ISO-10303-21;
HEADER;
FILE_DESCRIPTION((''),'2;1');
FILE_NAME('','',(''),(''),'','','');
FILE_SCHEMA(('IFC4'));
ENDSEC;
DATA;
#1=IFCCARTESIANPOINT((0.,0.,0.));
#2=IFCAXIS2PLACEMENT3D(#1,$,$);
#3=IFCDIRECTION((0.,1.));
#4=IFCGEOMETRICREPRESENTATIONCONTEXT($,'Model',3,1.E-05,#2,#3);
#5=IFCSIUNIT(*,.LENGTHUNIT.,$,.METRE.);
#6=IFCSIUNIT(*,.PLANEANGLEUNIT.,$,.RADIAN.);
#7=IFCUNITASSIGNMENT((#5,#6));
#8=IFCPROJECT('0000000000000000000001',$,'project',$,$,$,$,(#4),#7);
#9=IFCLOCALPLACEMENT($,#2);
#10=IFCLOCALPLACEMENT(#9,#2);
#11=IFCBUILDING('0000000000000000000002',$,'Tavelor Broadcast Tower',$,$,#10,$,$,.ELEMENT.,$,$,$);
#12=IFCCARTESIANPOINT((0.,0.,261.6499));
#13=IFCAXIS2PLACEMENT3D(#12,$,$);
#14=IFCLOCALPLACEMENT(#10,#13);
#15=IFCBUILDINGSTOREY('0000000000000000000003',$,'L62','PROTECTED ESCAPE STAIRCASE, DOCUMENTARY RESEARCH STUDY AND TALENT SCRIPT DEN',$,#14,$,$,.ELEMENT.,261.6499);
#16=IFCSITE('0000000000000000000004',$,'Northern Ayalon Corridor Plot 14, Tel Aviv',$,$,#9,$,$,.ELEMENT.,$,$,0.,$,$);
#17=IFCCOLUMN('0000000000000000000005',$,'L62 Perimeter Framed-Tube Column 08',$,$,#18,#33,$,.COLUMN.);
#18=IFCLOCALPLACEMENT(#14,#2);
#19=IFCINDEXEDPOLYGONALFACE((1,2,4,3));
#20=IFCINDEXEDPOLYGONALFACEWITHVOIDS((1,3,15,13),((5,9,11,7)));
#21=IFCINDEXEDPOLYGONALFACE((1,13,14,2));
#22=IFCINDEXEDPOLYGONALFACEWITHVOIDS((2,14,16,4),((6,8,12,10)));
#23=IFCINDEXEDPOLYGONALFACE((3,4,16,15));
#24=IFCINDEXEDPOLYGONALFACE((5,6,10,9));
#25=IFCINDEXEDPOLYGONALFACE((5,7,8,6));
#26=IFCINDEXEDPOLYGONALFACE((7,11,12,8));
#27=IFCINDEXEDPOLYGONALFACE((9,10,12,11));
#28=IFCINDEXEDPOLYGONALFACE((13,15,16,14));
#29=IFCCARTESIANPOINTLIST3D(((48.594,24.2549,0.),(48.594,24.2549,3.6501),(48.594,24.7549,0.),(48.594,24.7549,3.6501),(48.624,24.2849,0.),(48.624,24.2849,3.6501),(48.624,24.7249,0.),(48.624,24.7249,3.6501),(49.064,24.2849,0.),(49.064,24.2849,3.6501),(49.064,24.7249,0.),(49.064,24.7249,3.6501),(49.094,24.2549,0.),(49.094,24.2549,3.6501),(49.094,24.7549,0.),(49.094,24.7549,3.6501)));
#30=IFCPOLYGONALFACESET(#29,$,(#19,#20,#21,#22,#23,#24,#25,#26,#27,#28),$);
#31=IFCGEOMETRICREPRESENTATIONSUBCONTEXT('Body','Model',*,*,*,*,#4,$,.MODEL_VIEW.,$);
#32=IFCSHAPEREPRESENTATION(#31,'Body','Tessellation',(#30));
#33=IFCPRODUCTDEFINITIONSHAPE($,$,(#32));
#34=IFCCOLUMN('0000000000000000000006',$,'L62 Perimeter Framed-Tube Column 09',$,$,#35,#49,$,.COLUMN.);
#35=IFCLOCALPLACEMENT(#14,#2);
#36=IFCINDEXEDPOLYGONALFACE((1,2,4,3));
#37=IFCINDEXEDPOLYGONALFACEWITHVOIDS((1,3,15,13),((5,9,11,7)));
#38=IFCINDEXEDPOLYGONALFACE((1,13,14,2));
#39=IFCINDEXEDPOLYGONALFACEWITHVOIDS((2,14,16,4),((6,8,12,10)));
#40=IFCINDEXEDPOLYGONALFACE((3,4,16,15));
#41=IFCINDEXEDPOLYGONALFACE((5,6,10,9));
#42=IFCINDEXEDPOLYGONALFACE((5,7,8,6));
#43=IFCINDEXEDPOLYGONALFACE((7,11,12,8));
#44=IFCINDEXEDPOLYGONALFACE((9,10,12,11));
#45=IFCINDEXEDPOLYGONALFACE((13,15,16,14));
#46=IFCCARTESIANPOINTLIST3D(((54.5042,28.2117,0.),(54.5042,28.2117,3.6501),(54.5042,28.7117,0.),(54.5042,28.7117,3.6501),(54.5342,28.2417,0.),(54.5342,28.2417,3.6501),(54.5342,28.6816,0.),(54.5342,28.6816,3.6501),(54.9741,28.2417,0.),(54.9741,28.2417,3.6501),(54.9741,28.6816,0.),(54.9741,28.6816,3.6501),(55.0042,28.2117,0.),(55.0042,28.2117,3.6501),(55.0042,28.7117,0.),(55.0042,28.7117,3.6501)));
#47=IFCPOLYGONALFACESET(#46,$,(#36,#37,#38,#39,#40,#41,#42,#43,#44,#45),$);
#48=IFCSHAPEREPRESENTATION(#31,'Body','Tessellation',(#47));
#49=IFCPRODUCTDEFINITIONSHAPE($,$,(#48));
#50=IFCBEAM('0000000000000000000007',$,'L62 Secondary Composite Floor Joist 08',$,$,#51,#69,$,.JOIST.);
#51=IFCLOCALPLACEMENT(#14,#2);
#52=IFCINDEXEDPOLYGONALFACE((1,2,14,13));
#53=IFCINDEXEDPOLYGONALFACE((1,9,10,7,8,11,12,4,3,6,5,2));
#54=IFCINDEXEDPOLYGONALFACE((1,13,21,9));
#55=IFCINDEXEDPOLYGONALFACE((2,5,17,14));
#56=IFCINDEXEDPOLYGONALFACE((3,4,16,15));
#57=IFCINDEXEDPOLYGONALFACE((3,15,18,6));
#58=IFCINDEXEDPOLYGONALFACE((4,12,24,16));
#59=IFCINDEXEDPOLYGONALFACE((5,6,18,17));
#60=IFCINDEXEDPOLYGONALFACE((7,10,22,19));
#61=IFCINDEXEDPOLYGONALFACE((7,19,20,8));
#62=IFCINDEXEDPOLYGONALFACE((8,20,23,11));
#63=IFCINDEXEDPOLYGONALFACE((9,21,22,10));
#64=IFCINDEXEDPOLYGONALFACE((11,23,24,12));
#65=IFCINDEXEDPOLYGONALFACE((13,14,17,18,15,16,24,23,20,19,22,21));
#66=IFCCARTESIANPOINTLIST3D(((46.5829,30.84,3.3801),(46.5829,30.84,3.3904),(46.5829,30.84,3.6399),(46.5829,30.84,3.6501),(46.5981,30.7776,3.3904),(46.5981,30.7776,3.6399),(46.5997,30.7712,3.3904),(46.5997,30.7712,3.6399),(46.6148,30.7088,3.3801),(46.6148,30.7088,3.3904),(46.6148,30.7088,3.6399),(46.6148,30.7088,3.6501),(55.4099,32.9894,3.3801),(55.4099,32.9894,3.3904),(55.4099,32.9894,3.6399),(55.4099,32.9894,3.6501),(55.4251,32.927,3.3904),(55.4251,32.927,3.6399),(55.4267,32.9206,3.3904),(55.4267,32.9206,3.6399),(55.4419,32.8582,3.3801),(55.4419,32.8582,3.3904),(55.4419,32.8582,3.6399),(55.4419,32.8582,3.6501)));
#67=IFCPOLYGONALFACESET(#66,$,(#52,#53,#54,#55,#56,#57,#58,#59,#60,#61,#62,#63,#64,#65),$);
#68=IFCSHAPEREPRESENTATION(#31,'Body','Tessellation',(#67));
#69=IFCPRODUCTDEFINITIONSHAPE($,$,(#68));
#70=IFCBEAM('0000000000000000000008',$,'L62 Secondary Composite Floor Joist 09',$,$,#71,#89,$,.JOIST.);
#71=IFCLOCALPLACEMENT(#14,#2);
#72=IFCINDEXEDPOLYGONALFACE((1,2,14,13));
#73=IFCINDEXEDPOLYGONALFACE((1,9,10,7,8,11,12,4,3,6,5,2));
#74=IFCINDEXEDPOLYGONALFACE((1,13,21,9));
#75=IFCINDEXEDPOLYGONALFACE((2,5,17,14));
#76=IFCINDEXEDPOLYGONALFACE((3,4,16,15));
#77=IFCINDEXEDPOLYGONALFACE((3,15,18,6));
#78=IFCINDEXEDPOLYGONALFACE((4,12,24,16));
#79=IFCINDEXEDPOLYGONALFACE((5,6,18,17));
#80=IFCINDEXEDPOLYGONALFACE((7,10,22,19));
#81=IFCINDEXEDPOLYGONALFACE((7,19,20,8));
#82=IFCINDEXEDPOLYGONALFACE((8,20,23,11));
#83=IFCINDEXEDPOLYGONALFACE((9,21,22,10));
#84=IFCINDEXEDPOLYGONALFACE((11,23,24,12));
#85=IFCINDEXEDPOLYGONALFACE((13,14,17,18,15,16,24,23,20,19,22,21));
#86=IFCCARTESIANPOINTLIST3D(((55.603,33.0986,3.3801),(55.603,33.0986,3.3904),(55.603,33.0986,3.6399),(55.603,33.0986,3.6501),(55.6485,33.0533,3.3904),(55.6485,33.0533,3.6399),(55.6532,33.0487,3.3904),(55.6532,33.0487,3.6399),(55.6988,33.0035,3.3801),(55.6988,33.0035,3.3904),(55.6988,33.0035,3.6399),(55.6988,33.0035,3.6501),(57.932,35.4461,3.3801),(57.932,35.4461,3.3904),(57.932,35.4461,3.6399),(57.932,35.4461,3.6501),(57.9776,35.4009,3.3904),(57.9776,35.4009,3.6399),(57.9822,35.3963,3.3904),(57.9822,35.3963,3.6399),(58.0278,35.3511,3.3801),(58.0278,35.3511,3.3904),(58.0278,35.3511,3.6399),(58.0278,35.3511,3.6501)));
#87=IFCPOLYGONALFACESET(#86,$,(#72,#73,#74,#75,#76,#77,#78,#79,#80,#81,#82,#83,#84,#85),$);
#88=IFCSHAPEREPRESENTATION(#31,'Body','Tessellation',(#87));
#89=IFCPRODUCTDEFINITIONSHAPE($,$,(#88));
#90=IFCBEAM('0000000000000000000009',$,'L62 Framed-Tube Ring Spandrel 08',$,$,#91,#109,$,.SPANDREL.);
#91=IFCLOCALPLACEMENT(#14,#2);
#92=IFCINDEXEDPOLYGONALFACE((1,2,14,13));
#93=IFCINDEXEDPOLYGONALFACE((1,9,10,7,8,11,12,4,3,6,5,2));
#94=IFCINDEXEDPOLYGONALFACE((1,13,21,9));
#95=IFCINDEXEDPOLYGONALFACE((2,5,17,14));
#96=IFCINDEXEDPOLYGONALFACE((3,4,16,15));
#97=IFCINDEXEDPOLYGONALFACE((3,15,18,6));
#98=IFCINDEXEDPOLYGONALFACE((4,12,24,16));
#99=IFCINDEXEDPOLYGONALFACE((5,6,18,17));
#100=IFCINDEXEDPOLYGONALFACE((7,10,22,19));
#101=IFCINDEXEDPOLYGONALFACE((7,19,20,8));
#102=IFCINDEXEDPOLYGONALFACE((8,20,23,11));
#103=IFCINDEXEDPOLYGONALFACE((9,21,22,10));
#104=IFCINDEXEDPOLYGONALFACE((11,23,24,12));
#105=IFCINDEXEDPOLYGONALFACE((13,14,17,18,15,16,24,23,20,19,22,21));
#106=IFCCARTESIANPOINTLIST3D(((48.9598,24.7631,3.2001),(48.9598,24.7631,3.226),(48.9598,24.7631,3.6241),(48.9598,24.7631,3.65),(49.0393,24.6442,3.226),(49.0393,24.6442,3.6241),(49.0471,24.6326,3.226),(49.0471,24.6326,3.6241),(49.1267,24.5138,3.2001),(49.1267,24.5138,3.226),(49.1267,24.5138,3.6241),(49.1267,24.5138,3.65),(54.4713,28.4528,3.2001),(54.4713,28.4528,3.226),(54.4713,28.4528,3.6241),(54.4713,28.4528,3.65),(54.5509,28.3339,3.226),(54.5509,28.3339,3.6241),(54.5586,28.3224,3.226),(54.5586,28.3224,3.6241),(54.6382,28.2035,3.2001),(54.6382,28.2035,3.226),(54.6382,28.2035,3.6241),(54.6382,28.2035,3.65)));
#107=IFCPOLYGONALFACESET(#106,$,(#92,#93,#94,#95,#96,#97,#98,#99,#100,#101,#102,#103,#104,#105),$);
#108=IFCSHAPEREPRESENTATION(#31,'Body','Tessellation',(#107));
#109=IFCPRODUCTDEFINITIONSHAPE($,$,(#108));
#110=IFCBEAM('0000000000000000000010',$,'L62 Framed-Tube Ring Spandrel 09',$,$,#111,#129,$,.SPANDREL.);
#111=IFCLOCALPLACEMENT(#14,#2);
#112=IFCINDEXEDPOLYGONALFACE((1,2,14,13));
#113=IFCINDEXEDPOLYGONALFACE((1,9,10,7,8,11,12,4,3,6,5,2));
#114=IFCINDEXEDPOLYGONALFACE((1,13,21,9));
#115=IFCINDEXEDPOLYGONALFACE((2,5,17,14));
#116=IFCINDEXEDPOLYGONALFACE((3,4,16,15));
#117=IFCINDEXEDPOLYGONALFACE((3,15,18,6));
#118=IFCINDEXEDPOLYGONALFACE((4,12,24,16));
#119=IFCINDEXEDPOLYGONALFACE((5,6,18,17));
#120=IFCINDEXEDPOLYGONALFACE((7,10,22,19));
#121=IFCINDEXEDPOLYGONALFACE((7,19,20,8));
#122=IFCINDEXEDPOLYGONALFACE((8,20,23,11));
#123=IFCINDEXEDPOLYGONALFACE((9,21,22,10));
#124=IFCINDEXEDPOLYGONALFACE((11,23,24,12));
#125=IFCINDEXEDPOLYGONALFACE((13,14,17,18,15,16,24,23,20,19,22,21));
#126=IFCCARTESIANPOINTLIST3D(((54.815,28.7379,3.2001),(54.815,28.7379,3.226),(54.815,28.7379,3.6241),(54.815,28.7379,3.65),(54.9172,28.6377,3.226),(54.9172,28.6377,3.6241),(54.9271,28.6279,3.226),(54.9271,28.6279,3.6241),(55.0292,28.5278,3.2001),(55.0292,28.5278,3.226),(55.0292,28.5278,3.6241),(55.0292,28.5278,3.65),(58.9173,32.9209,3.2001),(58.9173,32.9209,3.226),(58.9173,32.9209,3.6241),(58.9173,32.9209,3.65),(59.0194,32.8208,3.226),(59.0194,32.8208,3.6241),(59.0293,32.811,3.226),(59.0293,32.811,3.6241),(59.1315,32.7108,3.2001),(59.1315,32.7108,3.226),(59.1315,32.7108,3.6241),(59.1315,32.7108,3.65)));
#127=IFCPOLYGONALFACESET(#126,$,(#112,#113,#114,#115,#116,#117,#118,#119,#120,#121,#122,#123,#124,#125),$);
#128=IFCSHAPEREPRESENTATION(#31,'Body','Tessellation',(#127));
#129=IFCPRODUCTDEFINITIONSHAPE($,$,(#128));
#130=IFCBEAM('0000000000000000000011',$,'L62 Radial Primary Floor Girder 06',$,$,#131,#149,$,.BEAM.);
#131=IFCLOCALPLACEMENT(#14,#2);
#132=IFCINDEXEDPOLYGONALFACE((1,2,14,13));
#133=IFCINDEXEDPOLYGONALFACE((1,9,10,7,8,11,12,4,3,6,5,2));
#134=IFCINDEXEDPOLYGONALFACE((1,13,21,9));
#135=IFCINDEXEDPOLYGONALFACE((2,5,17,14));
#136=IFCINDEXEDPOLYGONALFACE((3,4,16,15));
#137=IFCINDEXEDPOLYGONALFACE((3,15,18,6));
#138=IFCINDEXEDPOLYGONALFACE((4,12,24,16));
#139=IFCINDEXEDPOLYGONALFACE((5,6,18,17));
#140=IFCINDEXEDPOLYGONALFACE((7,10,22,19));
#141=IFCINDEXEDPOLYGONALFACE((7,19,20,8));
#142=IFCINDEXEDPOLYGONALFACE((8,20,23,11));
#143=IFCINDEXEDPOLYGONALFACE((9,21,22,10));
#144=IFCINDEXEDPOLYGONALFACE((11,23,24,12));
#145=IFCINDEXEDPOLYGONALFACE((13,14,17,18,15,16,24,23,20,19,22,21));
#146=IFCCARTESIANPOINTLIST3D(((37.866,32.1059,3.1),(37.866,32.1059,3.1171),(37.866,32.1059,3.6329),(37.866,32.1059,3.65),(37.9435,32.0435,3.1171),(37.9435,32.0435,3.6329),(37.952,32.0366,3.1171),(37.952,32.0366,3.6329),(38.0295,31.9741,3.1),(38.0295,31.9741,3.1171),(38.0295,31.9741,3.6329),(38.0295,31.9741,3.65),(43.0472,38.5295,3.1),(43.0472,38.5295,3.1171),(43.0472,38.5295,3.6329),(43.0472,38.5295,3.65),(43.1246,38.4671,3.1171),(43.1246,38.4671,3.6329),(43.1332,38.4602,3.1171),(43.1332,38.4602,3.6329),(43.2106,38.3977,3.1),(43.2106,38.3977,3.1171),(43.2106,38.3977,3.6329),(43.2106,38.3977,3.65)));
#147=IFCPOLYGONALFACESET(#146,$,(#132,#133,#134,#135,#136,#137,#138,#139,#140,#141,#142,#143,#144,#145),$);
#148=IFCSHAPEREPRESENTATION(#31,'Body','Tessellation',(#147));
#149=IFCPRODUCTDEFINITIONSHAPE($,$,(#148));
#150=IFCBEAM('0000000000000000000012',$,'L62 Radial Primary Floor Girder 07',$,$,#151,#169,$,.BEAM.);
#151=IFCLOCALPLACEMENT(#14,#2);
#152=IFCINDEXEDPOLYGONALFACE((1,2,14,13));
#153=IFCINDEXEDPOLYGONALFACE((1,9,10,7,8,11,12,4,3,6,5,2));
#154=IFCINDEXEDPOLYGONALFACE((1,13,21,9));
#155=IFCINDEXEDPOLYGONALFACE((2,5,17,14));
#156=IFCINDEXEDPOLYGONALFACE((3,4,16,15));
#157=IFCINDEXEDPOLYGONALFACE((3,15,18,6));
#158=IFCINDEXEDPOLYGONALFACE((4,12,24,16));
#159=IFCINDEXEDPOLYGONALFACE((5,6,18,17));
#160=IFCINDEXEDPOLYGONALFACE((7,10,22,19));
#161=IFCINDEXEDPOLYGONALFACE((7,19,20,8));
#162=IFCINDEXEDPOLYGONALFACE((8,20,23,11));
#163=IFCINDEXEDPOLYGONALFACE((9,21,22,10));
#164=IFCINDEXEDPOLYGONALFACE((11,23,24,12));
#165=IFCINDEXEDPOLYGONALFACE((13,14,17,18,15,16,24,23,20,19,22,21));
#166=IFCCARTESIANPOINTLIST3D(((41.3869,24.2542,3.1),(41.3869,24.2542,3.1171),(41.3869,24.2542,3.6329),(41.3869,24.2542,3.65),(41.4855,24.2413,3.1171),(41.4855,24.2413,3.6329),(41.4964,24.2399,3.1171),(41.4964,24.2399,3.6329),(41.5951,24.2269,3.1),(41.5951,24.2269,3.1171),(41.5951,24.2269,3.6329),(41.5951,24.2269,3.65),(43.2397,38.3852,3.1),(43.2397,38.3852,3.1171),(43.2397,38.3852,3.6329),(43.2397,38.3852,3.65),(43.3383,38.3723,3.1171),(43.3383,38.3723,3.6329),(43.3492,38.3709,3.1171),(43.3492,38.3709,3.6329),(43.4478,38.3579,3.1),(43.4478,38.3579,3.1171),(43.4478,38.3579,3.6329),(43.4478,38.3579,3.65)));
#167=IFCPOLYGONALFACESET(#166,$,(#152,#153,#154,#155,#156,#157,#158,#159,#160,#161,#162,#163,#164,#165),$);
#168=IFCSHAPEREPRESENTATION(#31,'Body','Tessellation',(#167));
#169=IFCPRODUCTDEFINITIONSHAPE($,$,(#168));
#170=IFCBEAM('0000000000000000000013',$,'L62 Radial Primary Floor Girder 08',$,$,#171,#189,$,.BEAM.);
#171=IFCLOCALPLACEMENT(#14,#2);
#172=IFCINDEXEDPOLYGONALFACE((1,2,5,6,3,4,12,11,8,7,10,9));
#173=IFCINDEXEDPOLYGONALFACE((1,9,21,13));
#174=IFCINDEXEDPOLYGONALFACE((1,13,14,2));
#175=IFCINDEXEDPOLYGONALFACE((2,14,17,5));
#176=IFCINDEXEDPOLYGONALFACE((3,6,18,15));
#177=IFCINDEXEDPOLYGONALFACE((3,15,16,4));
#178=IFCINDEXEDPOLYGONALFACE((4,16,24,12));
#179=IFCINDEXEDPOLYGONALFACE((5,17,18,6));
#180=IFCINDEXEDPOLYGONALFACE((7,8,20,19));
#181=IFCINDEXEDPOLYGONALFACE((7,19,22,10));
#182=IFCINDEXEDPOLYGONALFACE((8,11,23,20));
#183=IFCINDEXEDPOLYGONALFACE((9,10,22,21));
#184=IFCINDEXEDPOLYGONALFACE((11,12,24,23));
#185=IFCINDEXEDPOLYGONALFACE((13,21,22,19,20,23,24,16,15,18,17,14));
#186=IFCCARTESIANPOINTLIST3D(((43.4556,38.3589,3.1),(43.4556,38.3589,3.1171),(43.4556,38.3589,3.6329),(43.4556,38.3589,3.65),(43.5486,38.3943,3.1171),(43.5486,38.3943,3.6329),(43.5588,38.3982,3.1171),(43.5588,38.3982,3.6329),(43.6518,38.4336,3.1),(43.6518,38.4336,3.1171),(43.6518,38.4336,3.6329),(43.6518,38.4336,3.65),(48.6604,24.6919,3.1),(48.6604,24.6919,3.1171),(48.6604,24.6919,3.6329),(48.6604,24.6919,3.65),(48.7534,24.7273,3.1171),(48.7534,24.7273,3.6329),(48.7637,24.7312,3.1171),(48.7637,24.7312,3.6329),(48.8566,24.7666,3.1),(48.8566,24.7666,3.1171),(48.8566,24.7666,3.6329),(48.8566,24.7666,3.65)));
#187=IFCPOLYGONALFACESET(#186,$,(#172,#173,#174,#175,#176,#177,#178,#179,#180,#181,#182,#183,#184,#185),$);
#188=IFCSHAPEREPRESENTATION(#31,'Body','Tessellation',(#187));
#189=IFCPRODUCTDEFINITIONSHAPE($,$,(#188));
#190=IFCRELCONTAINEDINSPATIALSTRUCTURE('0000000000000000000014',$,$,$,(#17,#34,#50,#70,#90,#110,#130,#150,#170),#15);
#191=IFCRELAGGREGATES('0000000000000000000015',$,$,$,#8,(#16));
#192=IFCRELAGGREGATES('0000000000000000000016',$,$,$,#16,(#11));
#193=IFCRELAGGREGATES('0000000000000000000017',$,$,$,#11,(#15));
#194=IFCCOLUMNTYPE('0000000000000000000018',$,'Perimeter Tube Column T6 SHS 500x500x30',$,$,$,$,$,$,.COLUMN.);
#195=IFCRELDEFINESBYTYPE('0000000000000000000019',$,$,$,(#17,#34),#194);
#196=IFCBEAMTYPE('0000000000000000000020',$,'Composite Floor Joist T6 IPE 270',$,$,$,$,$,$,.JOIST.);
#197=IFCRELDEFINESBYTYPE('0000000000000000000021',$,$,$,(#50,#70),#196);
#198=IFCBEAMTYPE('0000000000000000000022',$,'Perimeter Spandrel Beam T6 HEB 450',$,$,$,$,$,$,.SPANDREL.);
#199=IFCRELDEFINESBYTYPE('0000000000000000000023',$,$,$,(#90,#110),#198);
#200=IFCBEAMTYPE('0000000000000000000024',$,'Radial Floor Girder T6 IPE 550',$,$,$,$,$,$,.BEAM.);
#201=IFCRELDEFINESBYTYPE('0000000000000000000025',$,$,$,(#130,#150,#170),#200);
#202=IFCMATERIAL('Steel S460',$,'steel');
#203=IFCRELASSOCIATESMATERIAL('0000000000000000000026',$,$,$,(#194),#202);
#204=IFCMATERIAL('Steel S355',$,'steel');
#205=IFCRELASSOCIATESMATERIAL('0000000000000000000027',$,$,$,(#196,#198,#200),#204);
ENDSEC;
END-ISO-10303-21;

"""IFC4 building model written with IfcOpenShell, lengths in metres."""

from ifc_helpers import new_model, si_unit, direction, frame, origin, origin_2d, place, context, subcontext, project, spatial, hollow_rectangle, i_section, extrude, material, material_profile, profile_set, type_object, element, save


model = new_model("IFC4")

# Units and contexts
model_context = context("Model", 3, precision=1e-05, world=origin(), true_north=direction((0.0, 1.0)))
body_context = subcontext(model_context, "Body", "Model", "MODEL_VIEW")
ifc_project = project(units=[si_unit("LENGTHUNIT", "METRE"), si_unit("PLANEANGLEUNIT", "RADIAN")], contexts=[model_context])

# Site, building, storey
site_placement = place(None, origin())
site = spatial("IfcSite", under=ifc_project, at=site_placement, Name="Northern Ayalon Corridor Plot 14, Tel Aviv", CompositionType="ELEMENT", RefElevation=0.0)
building_placement = place(site_placement, origin())
building = spatial("IfcBuilding", under=site, at=building_placement, Name="Tavelor Broadcast Tower", CompositionType="ELEMENT")
storey_placement = place(building_placement, frame((0.0, 0.0, 261.6499)))
storey = spatial("IfcBuildingStorey", under=building, at=storey_placement, Name="L62", Description="PROTECTED ESCAPE STAIRCASE, DOCUMENTARY RESEARCH STUDY AND TALENT SCRIPT DEN", CompositionType="ELEMENT", Elevation=261.6499)

# Columns
ifc_material_1 = material(Name="Steel S460", Category="steel")
ifc_material_profile_1 = material_profile(ifc_material_1, hollow_rectangle(XDim=0.5, YDim=0.5, WallThickness=0.03, at=origin_2d()), Name="SHS 500x500x30")
ifc_profile_set_1 = profile_set([ifc_material_profile_1], Name="Steel S460")
column_type = type_object("IfcColumnType", Name="Perimeter Tube Column T6 SHS 500x500x30", PredefinedType="COLUMN", material=ifc_profile_set_1)
for number, where, z_axis, x_axis, name in (
    (1, (48.844, 24.5049, 0.0), (0.0, 0.0, 1.0), (1.0, 0.0, 0.0), "L62 Perimeter Framed-Tube Column 08"),
    (2, (54.7542, 28.4617, 0.0), (0.0, 0.0, 1.0), (1.0, 0.0, 0.0), "L62 Perimeter Framed-Tube Column 09"),
):
    element("IfcColumn", number, at=place(storey_placement, frame(where, z_axis=z_axis, x_axis=x_axis)), inside=storey, type_object=column_type, Name=name, PredefinedType="COLUMN", context=body_context, shape_type="SweptSolid", body=[
        extrude(hollow_rectangle(XDim=0.5, YDim=0.5, WallThickness=0.03, at=origin_2d()), origin(), (0.0, 0.0, 1.0), 3.6501),
    ])

# Beams
ifc_material_2 = material(Name="Steel S355", Category="steel")
ifc_material_profile_2 = material_profile(ifc_material_2, i_section(OverallWidth=0.135, OverallDepth=0.27, WebThickness=0.0066, FlangeThickness=0.0103, at=origin_2d()), Name="IPE 270")
ifc_profile_set_2 = profile_set([ifc_material_profile_2], Name="Steel S355")
beam_type_1 = type_object("IfcBeamType", Name="Composite Floor Joist T6 IPE 270", PredefinedType="JOIST", material=ifc_profile_set_2)
beam_1_placement = place(storey_placement, frame((46.5989, 30.7744, 3.5151), z_axis=(0.97161, 0.236587, 0.0), x_axis=(-0.236587, 0.97161, 0.0)))
element("IfcBeam", 3, at=beam_1_placement, inside=storey, type_object=beam_type_1, Name="L62 Secondary Composite Floor Joist 08", PredefinedType="JOIST", context=body_context, shape_type="SweptSolid", body=[
    extrude(i_section(OverallWidth=0.135, OverallDepth=0.27, WebThickness=0.0066, FlangeThickness=0.0103, at=origin_2d()), origin(), (0.0, 0.0, 1.0), 9.085),
])
beam_2_placement = place(storey_placement, frame((55.6509, 33.051, 3.5151), z_axis=(0.704296, 0.709907, 0.0), x_axis=(-0.709907, 0.704296, 0.0)))
element("IfcBeam", 4, at=beam_2_placement, inside=storey, type_object=beam_type_1, Name="L62 Secondary Composite Floor Joist 09", PredefinedType="JOIST", context=body_context, shape_type="SweptSolid", body=[
    extrude(i_section(OverallWidth=0.135, OverallDepth=0.27, WebThickness=0.0066, FlangeThickness=0.0103, at=origin_2d()), origin(), (0.0, 0.0, 1.0), 3.3069),
])
ifc_material_profile_3 = material_profile(ifc_material_2, i_section(OverallWidth=0.3, OverallDepth=0.45, WebThickness=0.0139, FlangeThickness=0.0259, at=origin_2d()), Name="HEB 450")
ifc_profile_set_3 = profile_set([ifc_material_profile_3], Name="Steel S355")
beam_type_2 = type_object("IfcBeamType", Name="Perimeter Spandrel Beam T6 HEB 450", PredefinedType="SPANDREL", material=ifc_profile_set_3)
beam_3_placement = place(storey_placement, frame((49.0432, 24.6384, 3.425), z_axis=(0.830978, 0.556305, 0.0), x_axis=(-0.556305, 0.830978, 0.0)))
element("IfcBeam", 5, at=beam_3_placement, inside=storey, type_object=beam_type_2, Name="L62 Framed-Tube Ring Spandrel 08", PredefinedType="SPANDREL", context=body_context, shape_type="SweptSolid", body=[
    extrude(i_section(OverallWidth=0.3, OverallDepth=0.45, WebThickness=0.0139, FlangeThickness=0.0259, at=origin_2d()), origin(), (0.0, 0.0, 1.0), 6.6326),
])
beam_4_placement = place(storey_placement, frame((54.9221, 28.6328, 3.425), z_axis=(0.700177, 0.713969, 0.0), x_axis=(-0.713969, 0.700177, 0.0)))
element("IfcBeam", 6, at=beam_4_placement, inside=storey, type_object=beam_type_2, Name="L62 Framed-Tube Ring Spandrel 09", PredefinedType="SPANDREL", context=body_context, shape_type="SweptSolid", body=[
    extrude(i_section(OverallWidth=0.3, OverallDepth=0.45, WebThickness=0.0139, FlangeThickness=0.0259, at=origin_2d()), origin(), (0.0, 0.0, 1.0), 5.8589),
])
ifc_material_profile_4 = material_profile(ifc_material_2, i_section(OverallWidth=0.21, OverallDepth=0.55, WebThickness=0.011, FlangeThickness=0.0171, at=origin_2d()), Name="IPE 550")
ifc_profile_set_4 = profile_set([ifc_material_profile_4], Name="Steel S355")
beam_type_3 = type_object("IfcBeamType", Name="Radial Floor Girder T6 IPE 550", PredefinedType="BEAM", material=ifc_profile_set_4)
beam_5_placement = place(storey_placement, frame((43.1289, 38.4636, 3.375), z_axis=(-0.627814, -0.778363, 0.0), x_axis=(0.778363, -0.627814, 0.0)))
element("IfcBeam", 7, at=beam_5_placement, inside=storey, type_object=beam_type_3, Name="L62 Radial Primary Floor Girder 06", PredefinedType="BEAM", context=body_context, shape_type="SweptSolid", body=[
    extrude(i_section(OverallWidth=0.21, OverallDepth=0.55, WebThickness=0.011, FlangeThickness=0.0171, at=origin_2d()), origin(), (0.0, 0.0, 1.0), 8.2527),
])
beam_6_placement = place(storey_placement, frame((43.3438, 38.3716, 3.375), z_axis=(-0.130001, -0.991514, 0.0), x_axis=(0.991514, -0.130001, 0.0)))
element("IfcBeam", 8, at=beam_6_placement, inside=storey, type_object=beam_type_3, Name="L62 Radial Primary Floor Girder 07", PredefinedType="BEAM", context=body_context, shape_type="SweptSolid", body=[
    extrude(i_section(OverallWidth=0.21, OverallDepth=0.55, WebThickness=0.011, FlangeThickness=0.0171, at=origin_2d()), origin(), (0.0, 0.0, 1.0), 14.252),
])
beam_7_placement = place(storey_placement, frame((43.5537, 38.3962, 3.375), z_axis=(0.355897, -0.934525, 0.0), x_axis=(0.934525, 0.355897, 0.0)))
element("IfcBeam", 9, at=beam_7_placement, inside=storey, type_object=beam_type_3, Name="L62 Radial Primary Floor Girder 08", PredefinedType="BEAM", context=body_context, shape_type="SweptSolid", body=[
    extrude(i_section(OverallWidth=0.21, OverallDepth=0.55, WebThickness=0.011, FlangeThickness=0.0171, at=origin_2d()), origin(), (0.0, 0.0, 1.0), 14.6245),
])

save(model, "model.ifc")
